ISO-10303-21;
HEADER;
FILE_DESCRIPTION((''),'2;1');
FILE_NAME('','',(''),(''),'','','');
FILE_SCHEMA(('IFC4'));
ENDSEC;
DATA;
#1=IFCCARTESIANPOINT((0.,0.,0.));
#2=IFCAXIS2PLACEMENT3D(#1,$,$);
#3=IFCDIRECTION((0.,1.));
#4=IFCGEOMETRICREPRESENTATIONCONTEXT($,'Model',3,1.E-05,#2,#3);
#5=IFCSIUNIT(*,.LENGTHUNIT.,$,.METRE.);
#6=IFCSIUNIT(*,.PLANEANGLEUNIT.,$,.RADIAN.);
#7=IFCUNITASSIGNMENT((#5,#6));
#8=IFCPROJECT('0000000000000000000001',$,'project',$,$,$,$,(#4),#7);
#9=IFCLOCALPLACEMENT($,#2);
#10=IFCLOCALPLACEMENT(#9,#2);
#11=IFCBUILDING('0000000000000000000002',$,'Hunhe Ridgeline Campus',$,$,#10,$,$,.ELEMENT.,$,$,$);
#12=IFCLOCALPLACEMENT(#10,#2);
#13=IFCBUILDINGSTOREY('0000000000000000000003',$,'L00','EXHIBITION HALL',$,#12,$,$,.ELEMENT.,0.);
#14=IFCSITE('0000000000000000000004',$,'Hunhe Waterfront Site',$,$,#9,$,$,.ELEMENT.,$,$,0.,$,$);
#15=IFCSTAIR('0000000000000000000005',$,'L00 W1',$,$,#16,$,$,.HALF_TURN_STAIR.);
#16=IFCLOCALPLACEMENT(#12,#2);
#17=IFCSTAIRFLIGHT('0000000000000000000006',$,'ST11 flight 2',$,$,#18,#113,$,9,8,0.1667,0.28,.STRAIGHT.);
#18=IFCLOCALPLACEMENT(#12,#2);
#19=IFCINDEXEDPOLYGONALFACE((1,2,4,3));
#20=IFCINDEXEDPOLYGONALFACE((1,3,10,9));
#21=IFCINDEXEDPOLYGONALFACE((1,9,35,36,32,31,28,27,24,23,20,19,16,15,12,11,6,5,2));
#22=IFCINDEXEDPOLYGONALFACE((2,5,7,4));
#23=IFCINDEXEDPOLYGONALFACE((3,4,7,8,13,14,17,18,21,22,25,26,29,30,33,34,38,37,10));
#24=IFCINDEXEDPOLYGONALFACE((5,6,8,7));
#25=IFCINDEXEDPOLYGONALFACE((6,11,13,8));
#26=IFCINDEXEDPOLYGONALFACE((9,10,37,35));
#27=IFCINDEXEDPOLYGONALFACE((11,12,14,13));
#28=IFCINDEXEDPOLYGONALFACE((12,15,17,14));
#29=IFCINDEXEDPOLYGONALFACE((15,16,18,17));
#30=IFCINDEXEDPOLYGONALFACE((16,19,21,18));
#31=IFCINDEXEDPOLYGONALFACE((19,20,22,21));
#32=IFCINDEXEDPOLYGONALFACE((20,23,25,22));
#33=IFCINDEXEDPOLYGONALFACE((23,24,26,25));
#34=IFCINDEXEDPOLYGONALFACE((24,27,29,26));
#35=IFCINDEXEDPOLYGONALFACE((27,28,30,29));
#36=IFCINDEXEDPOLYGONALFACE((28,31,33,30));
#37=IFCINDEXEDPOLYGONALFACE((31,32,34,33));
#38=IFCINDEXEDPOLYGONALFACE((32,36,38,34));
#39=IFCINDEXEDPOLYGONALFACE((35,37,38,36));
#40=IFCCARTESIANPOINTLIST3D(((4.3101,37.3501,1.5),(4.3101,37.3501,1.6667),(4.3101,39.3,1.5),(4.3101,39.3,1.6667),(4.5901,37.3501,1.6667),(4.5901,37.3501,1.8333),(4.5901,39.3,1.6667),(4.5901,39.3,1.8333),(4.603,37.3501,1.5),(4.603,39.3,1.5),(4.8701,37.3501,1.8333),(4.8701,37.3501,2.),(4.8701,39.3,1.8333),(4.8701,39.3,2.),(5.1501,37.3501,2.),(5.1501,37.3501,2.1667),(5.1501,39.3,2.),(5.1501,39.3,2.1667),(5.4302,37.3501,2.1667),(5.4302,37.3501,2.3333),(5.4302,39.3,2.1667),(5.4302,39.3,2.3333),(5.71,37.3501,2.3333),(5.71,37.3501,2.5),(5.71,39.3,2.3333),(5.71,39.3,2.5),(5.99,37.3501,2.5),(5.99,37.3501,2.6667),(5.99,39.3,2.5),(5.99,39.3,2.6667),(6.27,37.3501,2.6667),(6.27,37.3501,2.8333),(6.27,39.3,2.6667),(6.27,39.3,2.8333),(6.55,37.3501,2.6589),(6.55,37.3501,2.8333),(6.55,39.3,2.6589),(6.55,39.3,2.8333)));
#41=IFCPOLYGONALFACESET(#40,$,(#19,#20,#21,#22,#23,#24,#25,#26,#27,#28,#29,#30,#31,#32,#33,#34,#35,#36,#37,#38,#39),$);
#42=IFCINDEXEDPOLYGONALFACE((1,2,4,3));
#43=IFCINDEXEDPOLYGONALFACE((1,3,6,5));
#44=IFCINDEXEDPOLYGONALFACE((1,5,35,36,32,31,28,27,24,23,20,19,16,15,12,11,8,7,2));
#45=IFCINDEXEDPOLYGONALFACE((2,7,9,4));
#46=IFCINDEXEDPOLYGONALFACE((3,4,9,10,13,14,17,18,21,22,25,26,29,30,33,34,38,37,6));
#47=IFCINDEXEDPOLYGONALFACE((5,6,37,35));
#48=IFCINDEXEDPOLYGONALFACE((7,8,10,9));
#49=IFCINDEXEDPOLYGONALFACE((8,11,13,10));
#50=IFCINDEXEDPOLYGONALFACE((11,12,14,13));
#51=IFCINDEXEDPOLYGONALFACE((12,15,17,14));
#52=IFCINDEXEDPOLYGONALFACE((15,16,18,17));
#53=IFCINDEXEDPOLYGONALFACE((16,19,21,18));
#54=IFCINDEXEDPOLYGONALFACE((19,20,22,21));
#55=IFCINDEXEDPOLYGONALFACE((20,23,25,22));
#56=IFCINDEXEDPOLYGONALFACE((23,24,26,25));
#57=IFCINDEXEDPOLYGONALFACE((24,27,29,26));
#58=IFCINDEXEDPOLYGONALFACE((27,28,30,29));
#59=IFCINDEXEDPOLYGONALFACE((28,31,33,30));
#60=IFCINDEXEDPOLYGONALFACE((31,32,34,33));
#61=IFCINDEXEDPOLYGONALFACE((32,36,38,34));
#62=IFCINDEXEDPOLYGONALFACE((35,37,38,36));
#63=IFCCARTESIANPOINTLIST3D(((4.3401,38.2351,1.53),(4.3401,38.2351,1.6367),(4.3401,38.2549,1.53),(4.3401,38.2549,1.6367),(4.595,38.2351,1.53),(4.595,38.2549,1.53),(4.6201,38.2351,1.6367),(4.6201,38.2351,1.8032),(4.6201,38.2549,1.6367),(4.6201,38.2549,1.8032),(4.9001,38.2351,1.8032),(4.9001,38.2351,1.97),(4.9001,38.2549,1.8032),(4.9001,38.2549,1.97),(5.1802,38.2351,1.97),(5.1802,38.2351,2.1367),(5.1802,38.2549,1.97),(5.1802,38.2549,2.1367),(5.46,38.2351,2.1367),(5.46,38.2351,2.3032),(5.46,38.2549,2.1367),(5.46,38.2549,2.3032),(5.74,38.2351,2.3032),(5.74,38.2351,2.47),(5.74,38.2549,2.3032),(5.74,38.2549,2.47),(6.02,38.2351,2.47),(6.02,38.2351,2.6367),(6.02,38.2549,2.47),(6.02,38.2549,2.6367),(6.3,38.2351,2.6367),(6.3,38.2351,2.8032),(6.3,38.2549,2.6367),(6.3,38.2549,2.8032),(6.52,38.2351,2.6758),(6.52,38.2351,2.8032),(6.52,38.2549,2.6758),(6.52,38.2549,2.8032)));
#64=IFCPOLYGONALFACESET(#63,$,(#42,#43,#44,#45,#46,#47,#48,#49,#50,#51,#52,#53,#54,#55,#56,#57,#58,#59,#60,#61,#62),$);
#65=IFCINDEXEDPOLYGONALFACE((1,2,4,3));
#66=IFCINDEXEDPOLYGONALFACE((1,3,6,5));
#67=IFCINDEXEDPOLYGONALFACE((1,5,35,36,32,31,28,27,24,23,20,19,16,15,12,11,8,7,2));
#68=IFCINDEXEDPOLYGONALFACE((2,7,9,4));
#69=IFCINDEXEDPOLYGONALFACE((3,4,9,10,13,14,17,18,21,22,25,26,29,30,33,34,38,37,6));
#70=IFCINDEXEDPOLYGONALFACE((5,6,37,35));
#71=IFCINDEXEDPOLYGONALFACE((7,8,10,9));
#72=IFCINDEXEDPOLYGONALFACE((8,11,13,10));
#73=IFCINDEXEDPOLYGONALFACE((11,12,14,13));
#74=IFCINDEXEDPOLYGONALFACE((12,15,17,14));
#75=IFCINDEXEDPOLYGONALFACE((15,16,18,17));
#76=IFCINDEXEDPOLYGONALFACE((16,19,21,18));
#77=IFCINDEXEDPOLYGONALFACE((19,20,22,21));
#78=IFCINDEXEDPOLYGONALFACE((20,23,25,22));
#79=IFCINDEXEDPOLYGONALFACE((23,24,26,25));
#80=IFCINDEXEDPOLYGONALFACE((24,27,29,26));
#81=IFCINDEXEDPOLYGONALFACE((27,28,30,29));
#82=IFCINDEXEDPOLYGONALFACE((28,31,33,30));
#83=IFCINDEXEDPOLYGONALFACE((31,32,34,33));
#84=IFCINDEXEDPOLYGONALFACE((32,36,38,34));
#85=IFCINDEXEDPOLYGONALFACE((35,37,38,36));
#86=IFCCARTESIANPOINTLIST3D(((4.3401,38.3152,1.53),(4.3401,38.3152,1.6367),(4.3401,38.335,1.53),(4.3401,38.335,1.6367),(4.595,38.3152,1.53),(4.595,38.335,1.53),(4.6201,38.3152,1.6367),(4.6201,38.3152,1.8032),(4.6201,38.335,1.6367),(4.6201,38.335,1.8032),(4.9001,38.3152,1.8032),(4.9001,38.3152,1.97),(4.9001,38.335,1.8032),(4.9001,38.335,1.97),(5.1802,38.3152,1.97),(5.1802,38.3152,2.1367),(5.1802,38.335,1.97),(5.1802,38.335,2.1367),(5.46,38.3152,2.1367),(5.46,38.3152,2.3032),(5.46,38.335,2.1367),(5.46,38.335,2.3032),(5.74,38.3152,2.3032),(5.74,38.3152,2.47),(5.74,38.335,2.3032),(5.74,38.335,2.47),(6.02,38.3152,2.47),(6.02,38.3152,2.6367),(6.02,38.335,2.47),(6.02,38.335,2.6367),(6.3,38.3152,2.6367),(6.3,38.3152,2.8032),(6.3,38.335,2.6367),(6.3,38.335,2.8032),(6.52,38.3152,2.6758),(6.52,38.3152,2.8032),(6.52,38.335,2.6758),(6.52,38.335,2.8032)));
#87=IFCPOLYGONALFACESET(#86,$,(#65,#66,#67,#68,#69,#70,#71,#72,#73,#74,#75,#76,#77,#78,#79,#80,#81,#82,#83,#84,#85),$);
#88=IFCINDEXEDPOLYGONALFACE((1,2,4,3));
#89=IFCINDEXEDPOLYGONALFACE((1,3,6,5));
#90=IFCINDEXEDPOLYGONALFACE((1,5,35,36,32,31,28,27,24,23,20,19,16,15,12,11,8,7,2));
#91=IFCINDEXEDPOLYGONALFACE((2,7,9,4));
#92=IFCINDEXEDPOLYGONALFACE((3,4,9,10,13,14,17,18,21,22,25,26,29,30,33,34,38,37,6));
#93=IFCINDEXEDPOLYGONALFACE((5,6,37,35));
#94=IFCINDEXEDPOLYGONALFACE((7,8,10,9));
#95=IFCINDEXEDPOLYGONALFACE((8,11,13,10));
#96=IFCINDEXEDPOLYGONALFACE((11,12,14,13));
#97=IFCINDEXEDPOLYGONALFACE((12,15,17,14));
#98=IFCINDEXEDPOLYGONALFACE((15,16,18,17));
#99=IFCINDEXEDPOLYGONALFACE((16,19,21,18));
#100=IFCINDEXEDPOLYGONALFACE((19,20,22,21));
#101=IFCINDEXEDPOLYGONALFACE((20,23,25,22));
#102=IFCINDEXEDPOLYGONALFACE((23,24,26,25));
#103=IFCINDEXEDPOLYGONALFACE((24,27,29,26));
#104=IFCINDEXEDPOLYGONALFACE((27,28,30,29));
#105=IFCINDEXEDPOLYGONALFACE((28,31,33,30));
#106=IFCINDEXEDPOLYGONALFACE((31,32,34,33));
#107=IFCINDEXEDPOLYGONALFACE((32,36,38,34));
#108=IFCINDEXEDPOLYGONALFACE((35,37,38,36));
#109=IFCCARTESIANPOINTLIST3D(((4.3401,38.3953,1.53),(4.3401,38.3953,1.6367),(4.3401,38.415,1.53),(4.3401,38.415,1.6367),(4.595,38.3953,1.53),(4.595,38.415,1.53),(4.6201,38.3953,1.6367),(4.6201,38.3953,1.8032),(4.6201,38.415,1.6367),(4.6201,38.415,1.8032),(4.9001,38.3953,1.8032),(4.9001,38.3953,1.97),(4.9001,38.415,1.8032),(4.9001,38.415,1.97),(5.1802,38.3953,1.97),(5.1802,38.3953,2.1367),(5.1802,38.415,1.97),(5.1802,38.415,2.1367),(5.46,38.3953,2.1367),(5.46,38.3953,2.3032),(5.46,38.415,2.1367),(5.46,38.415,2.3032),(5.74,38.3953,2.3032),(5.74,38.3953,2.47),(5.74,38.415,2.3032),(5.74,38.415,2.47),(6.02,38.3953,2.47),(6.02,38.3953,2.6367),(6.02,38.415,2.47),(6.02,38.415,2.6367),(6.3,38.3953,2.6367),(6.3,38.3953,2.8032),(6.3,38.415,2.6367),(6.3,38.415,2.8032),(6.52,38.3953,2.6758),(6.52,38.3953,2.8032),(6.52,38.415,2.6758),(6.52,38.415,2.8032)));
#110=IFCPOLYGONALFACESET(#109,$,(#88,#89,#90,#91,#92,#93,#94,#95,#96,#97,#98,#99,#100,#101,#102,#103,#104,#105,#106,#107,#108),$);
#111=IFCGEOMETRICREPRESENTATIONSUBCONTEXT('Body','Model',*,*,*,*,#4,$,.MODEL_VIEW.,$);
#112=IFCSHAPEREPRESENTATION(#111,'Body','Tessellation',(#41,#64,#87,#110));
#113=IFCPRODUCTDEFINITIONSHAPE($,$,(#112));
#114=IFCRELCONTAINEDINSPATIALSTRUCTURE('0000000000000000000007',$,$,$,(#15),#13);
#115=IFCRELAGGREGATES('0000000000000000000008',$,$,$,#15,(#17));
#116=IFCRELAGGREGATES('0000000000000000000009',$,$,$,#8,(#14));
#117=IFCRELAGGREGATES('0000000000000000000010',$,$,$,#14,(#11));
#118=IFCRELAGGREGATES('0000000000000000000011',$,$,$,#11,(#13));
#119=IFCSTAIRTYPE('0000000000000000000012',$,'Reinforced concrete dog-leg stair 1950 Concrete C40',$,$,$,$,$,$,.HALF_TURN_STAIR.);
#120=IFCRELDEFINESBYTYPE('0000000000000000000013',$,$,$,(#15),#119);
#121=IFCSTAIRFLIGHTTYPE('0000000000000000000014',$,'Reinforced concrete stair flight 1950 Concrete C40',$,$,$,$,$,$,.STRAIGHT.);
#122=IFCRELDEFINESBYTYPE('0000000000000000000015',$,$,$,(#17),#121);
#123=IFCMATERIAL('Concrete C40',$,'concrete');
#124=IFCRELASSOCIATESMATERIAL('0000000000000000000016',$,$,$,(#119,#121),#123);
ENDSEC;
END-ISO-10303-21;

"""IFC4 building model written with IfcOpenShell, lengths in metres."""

from ifc_helpers import new_model, si_unit, direction, frame, origin, place, context, subcontext, project, spatial, polyline, outline, extrude, material, type_object, element, aggregate, save


model = new_model("IFC4")

# Units and contexts
model_context = context("Model", 3, precision=1e-05, world=origin(), true_north=direction((0.0, 1.0)))
body_context = subcontext(model_context, "Body", "Model", "MODEL_VIEW")
ifc_project = project(units=[si_unit("LENGTHUNIT", "METRE"), si_unit("PLANEANGLEUNIT", "RADIAN")], contexts=[model_context])

# Site, building, storey
site_placement = place(None, origin())
site = spatial("IfcSite", under=ifc_project, at=site_placement, Name="Hunhe Waterfront Site", CompositionType="ELEMENT", RefElevation=0.0)
building_placement = place(site_placement, origin())
building = spatial("IfcBuilding", under=site, at=building_placement, Name="Hunhe Ridgeline Campus", CompositionType="ELEMENT")
storey_placement = place(building_placement, origin())
storey = spatial("IfcBuildingStorey", under=building, at=storey_placement, Name="L00", Description="EXHIBITION HALL", CompositionType="ELEMENT", Elevation=0.0)

# Shared definitions
ifc_material_1 = material(Name="Concrete C40", Category="concrete")

# Stair, stair flight
stair_type = type_object("IfcStairType", Name="Reinforced concrete dog-leg stair 1950 Concrete C40", PredefinedType="HALF_TURN_STAIR", material=ifc_material_1)
stair_flight_type = type_object("IfcStairFlightType", Name="Reinforced concrete stair flight 1950 Concrete C40", PredefinedType="STRAIGHT", material=ifc_material_1)
stair_1_placement = place(storey_placement, origin())
stair_1 = element("IfcStair", 1, at=stair_1_placement, inside=storey, type_object=stair_type, Name="L00 W1", PredefinedType="HALF_TURN_STAIR")
stair_flight_1_placement = place(storey_placement, frame((4.3101, 38.325, 1.5), z_axis=(0.0, 0.0, 1.0), x_axis=(1.0, 0.0, 0.0)))
stair_flight_1 = element("IfcStairFlight", 2, at=stair_flight_1_placement, type_object=stair_flight_type, Name="ST11 flight 2", NumberOfRisers=9, NumberOfTreads=8, PredefinedType="STRAIGHT", RiserHeight=0.1667, TreadLength=0.28, context=body_context, shape_type="SweptSolid", body=[
    extrude(outline(polyline([(0.0, 0.0), (0.0, 0.1667), (0.28, 0.1667), (0.28, 0.3333), (0.5601, 0.3333), (0.5601, 0.5), (0.8401, 0.5), (0.8401, 0.6667), (1.1201, 0.6667), (1.1201, 0.8333), (1.3999, 0.8333), (1.3999, 1.0), (1.6799, 1.0), (1.6799, 1.1667), (1.96, 1.1667), (1.96, 1.3333), (2.24, 1.3333), (2.24, 1.5), (2.24, 1.1589), (0.293, 0.0), (0.0, 0.0)])), frame((0.0, 0.9751, 0.0), z_axis=(0.0, -1.0, 0.0), x_axis=(1.0, 0.0, 0.0)), (0.0, 0.0, 1.0), 1.95),
    extrude(outline(polyline([(0.03, 0.03), (0.03, 0.1367), (0.3101, 0.1367), (0.3101, 0.3032), (0.5901, 0.3032), (0.5901, 0.47), (0.8701, 0.47), (0.8701, 0.6367), (1.1499, 0.6367), (1.1499, 0.8032), (1.4299, 0.8032), (1.4299, 0.97), (1.71, 0.97), (1.71, 1.1367), (1.99, 1.1367), (1.99, 1.3032), (2.21, 1.3032), (2.21, 1.1758), (0.2849, 0.03), (0.03, 0.03)])), frame((0.0, -0.0701, 0.0), z_axis=(0.0, -1.0, 0.0), x_axis=(1.0, 0.0, 0.0)), (0.0, 0.0, 1.0), 0.0198),
    extrude(outline(polyline([(0.03, 0.03), (0.03, 0.1367), (0.3101, 0.1367), (0.3101, 0.3032), (0.5901, 0.3032), (0.5901, 0.47), (0.8701, 0.47), (0.8701, 0.6367), (1.1499, 0.6367), (1.1499, 0.8032), (1.4299, 0.8032), (1.4299, 0.97), (1.71, 0.97), (1.71, 1.1367), (1.99, 1.1367), (1.99, 1.3032), (2.21, 1.3032), (2.21, 1.1758), (0.2849, 0.03), (0.03, 0.03)])), frame((0.0, 0.01, 0.0), z_axis=(0.0, -1.0, 0.0), x_axis=(1.0, 0.0, 0.0)), (0.0, 0.0, 1.0), 0.0198),
    extrude(outline(polyline([(0.03, 0.03), (0.03, 0.1367), (0.3101, 0.1367), (0.3101, 0.3032), (0.5901, 0.3032), (0.5901, 0.47), (0.8701, 0.47), (0.8701, 0.6367), (1.1499, 0.6367), (1.1499, 0.8032), (1.4299, 0.8032), (1.4299, 0.97), (1.71, 0.97), (1.71, 1.1367), (1.99, 1.1367), (1.99, 1.3032), (2.21, 1.3032), (2.21, 1.1758), (0.2849, 0.03), (0.03, 0.03)])), frame((0.0, 0.0901, 0.0), z_axis=(0.0, -1.0, 0.0), x_axis=(1.0, 0.0, 0.0)), (0.0, 0.0, 1.0), 0.0198),
])
aggregate(stair_1, [stair_flight_1])

save(model, "model.ifc")
